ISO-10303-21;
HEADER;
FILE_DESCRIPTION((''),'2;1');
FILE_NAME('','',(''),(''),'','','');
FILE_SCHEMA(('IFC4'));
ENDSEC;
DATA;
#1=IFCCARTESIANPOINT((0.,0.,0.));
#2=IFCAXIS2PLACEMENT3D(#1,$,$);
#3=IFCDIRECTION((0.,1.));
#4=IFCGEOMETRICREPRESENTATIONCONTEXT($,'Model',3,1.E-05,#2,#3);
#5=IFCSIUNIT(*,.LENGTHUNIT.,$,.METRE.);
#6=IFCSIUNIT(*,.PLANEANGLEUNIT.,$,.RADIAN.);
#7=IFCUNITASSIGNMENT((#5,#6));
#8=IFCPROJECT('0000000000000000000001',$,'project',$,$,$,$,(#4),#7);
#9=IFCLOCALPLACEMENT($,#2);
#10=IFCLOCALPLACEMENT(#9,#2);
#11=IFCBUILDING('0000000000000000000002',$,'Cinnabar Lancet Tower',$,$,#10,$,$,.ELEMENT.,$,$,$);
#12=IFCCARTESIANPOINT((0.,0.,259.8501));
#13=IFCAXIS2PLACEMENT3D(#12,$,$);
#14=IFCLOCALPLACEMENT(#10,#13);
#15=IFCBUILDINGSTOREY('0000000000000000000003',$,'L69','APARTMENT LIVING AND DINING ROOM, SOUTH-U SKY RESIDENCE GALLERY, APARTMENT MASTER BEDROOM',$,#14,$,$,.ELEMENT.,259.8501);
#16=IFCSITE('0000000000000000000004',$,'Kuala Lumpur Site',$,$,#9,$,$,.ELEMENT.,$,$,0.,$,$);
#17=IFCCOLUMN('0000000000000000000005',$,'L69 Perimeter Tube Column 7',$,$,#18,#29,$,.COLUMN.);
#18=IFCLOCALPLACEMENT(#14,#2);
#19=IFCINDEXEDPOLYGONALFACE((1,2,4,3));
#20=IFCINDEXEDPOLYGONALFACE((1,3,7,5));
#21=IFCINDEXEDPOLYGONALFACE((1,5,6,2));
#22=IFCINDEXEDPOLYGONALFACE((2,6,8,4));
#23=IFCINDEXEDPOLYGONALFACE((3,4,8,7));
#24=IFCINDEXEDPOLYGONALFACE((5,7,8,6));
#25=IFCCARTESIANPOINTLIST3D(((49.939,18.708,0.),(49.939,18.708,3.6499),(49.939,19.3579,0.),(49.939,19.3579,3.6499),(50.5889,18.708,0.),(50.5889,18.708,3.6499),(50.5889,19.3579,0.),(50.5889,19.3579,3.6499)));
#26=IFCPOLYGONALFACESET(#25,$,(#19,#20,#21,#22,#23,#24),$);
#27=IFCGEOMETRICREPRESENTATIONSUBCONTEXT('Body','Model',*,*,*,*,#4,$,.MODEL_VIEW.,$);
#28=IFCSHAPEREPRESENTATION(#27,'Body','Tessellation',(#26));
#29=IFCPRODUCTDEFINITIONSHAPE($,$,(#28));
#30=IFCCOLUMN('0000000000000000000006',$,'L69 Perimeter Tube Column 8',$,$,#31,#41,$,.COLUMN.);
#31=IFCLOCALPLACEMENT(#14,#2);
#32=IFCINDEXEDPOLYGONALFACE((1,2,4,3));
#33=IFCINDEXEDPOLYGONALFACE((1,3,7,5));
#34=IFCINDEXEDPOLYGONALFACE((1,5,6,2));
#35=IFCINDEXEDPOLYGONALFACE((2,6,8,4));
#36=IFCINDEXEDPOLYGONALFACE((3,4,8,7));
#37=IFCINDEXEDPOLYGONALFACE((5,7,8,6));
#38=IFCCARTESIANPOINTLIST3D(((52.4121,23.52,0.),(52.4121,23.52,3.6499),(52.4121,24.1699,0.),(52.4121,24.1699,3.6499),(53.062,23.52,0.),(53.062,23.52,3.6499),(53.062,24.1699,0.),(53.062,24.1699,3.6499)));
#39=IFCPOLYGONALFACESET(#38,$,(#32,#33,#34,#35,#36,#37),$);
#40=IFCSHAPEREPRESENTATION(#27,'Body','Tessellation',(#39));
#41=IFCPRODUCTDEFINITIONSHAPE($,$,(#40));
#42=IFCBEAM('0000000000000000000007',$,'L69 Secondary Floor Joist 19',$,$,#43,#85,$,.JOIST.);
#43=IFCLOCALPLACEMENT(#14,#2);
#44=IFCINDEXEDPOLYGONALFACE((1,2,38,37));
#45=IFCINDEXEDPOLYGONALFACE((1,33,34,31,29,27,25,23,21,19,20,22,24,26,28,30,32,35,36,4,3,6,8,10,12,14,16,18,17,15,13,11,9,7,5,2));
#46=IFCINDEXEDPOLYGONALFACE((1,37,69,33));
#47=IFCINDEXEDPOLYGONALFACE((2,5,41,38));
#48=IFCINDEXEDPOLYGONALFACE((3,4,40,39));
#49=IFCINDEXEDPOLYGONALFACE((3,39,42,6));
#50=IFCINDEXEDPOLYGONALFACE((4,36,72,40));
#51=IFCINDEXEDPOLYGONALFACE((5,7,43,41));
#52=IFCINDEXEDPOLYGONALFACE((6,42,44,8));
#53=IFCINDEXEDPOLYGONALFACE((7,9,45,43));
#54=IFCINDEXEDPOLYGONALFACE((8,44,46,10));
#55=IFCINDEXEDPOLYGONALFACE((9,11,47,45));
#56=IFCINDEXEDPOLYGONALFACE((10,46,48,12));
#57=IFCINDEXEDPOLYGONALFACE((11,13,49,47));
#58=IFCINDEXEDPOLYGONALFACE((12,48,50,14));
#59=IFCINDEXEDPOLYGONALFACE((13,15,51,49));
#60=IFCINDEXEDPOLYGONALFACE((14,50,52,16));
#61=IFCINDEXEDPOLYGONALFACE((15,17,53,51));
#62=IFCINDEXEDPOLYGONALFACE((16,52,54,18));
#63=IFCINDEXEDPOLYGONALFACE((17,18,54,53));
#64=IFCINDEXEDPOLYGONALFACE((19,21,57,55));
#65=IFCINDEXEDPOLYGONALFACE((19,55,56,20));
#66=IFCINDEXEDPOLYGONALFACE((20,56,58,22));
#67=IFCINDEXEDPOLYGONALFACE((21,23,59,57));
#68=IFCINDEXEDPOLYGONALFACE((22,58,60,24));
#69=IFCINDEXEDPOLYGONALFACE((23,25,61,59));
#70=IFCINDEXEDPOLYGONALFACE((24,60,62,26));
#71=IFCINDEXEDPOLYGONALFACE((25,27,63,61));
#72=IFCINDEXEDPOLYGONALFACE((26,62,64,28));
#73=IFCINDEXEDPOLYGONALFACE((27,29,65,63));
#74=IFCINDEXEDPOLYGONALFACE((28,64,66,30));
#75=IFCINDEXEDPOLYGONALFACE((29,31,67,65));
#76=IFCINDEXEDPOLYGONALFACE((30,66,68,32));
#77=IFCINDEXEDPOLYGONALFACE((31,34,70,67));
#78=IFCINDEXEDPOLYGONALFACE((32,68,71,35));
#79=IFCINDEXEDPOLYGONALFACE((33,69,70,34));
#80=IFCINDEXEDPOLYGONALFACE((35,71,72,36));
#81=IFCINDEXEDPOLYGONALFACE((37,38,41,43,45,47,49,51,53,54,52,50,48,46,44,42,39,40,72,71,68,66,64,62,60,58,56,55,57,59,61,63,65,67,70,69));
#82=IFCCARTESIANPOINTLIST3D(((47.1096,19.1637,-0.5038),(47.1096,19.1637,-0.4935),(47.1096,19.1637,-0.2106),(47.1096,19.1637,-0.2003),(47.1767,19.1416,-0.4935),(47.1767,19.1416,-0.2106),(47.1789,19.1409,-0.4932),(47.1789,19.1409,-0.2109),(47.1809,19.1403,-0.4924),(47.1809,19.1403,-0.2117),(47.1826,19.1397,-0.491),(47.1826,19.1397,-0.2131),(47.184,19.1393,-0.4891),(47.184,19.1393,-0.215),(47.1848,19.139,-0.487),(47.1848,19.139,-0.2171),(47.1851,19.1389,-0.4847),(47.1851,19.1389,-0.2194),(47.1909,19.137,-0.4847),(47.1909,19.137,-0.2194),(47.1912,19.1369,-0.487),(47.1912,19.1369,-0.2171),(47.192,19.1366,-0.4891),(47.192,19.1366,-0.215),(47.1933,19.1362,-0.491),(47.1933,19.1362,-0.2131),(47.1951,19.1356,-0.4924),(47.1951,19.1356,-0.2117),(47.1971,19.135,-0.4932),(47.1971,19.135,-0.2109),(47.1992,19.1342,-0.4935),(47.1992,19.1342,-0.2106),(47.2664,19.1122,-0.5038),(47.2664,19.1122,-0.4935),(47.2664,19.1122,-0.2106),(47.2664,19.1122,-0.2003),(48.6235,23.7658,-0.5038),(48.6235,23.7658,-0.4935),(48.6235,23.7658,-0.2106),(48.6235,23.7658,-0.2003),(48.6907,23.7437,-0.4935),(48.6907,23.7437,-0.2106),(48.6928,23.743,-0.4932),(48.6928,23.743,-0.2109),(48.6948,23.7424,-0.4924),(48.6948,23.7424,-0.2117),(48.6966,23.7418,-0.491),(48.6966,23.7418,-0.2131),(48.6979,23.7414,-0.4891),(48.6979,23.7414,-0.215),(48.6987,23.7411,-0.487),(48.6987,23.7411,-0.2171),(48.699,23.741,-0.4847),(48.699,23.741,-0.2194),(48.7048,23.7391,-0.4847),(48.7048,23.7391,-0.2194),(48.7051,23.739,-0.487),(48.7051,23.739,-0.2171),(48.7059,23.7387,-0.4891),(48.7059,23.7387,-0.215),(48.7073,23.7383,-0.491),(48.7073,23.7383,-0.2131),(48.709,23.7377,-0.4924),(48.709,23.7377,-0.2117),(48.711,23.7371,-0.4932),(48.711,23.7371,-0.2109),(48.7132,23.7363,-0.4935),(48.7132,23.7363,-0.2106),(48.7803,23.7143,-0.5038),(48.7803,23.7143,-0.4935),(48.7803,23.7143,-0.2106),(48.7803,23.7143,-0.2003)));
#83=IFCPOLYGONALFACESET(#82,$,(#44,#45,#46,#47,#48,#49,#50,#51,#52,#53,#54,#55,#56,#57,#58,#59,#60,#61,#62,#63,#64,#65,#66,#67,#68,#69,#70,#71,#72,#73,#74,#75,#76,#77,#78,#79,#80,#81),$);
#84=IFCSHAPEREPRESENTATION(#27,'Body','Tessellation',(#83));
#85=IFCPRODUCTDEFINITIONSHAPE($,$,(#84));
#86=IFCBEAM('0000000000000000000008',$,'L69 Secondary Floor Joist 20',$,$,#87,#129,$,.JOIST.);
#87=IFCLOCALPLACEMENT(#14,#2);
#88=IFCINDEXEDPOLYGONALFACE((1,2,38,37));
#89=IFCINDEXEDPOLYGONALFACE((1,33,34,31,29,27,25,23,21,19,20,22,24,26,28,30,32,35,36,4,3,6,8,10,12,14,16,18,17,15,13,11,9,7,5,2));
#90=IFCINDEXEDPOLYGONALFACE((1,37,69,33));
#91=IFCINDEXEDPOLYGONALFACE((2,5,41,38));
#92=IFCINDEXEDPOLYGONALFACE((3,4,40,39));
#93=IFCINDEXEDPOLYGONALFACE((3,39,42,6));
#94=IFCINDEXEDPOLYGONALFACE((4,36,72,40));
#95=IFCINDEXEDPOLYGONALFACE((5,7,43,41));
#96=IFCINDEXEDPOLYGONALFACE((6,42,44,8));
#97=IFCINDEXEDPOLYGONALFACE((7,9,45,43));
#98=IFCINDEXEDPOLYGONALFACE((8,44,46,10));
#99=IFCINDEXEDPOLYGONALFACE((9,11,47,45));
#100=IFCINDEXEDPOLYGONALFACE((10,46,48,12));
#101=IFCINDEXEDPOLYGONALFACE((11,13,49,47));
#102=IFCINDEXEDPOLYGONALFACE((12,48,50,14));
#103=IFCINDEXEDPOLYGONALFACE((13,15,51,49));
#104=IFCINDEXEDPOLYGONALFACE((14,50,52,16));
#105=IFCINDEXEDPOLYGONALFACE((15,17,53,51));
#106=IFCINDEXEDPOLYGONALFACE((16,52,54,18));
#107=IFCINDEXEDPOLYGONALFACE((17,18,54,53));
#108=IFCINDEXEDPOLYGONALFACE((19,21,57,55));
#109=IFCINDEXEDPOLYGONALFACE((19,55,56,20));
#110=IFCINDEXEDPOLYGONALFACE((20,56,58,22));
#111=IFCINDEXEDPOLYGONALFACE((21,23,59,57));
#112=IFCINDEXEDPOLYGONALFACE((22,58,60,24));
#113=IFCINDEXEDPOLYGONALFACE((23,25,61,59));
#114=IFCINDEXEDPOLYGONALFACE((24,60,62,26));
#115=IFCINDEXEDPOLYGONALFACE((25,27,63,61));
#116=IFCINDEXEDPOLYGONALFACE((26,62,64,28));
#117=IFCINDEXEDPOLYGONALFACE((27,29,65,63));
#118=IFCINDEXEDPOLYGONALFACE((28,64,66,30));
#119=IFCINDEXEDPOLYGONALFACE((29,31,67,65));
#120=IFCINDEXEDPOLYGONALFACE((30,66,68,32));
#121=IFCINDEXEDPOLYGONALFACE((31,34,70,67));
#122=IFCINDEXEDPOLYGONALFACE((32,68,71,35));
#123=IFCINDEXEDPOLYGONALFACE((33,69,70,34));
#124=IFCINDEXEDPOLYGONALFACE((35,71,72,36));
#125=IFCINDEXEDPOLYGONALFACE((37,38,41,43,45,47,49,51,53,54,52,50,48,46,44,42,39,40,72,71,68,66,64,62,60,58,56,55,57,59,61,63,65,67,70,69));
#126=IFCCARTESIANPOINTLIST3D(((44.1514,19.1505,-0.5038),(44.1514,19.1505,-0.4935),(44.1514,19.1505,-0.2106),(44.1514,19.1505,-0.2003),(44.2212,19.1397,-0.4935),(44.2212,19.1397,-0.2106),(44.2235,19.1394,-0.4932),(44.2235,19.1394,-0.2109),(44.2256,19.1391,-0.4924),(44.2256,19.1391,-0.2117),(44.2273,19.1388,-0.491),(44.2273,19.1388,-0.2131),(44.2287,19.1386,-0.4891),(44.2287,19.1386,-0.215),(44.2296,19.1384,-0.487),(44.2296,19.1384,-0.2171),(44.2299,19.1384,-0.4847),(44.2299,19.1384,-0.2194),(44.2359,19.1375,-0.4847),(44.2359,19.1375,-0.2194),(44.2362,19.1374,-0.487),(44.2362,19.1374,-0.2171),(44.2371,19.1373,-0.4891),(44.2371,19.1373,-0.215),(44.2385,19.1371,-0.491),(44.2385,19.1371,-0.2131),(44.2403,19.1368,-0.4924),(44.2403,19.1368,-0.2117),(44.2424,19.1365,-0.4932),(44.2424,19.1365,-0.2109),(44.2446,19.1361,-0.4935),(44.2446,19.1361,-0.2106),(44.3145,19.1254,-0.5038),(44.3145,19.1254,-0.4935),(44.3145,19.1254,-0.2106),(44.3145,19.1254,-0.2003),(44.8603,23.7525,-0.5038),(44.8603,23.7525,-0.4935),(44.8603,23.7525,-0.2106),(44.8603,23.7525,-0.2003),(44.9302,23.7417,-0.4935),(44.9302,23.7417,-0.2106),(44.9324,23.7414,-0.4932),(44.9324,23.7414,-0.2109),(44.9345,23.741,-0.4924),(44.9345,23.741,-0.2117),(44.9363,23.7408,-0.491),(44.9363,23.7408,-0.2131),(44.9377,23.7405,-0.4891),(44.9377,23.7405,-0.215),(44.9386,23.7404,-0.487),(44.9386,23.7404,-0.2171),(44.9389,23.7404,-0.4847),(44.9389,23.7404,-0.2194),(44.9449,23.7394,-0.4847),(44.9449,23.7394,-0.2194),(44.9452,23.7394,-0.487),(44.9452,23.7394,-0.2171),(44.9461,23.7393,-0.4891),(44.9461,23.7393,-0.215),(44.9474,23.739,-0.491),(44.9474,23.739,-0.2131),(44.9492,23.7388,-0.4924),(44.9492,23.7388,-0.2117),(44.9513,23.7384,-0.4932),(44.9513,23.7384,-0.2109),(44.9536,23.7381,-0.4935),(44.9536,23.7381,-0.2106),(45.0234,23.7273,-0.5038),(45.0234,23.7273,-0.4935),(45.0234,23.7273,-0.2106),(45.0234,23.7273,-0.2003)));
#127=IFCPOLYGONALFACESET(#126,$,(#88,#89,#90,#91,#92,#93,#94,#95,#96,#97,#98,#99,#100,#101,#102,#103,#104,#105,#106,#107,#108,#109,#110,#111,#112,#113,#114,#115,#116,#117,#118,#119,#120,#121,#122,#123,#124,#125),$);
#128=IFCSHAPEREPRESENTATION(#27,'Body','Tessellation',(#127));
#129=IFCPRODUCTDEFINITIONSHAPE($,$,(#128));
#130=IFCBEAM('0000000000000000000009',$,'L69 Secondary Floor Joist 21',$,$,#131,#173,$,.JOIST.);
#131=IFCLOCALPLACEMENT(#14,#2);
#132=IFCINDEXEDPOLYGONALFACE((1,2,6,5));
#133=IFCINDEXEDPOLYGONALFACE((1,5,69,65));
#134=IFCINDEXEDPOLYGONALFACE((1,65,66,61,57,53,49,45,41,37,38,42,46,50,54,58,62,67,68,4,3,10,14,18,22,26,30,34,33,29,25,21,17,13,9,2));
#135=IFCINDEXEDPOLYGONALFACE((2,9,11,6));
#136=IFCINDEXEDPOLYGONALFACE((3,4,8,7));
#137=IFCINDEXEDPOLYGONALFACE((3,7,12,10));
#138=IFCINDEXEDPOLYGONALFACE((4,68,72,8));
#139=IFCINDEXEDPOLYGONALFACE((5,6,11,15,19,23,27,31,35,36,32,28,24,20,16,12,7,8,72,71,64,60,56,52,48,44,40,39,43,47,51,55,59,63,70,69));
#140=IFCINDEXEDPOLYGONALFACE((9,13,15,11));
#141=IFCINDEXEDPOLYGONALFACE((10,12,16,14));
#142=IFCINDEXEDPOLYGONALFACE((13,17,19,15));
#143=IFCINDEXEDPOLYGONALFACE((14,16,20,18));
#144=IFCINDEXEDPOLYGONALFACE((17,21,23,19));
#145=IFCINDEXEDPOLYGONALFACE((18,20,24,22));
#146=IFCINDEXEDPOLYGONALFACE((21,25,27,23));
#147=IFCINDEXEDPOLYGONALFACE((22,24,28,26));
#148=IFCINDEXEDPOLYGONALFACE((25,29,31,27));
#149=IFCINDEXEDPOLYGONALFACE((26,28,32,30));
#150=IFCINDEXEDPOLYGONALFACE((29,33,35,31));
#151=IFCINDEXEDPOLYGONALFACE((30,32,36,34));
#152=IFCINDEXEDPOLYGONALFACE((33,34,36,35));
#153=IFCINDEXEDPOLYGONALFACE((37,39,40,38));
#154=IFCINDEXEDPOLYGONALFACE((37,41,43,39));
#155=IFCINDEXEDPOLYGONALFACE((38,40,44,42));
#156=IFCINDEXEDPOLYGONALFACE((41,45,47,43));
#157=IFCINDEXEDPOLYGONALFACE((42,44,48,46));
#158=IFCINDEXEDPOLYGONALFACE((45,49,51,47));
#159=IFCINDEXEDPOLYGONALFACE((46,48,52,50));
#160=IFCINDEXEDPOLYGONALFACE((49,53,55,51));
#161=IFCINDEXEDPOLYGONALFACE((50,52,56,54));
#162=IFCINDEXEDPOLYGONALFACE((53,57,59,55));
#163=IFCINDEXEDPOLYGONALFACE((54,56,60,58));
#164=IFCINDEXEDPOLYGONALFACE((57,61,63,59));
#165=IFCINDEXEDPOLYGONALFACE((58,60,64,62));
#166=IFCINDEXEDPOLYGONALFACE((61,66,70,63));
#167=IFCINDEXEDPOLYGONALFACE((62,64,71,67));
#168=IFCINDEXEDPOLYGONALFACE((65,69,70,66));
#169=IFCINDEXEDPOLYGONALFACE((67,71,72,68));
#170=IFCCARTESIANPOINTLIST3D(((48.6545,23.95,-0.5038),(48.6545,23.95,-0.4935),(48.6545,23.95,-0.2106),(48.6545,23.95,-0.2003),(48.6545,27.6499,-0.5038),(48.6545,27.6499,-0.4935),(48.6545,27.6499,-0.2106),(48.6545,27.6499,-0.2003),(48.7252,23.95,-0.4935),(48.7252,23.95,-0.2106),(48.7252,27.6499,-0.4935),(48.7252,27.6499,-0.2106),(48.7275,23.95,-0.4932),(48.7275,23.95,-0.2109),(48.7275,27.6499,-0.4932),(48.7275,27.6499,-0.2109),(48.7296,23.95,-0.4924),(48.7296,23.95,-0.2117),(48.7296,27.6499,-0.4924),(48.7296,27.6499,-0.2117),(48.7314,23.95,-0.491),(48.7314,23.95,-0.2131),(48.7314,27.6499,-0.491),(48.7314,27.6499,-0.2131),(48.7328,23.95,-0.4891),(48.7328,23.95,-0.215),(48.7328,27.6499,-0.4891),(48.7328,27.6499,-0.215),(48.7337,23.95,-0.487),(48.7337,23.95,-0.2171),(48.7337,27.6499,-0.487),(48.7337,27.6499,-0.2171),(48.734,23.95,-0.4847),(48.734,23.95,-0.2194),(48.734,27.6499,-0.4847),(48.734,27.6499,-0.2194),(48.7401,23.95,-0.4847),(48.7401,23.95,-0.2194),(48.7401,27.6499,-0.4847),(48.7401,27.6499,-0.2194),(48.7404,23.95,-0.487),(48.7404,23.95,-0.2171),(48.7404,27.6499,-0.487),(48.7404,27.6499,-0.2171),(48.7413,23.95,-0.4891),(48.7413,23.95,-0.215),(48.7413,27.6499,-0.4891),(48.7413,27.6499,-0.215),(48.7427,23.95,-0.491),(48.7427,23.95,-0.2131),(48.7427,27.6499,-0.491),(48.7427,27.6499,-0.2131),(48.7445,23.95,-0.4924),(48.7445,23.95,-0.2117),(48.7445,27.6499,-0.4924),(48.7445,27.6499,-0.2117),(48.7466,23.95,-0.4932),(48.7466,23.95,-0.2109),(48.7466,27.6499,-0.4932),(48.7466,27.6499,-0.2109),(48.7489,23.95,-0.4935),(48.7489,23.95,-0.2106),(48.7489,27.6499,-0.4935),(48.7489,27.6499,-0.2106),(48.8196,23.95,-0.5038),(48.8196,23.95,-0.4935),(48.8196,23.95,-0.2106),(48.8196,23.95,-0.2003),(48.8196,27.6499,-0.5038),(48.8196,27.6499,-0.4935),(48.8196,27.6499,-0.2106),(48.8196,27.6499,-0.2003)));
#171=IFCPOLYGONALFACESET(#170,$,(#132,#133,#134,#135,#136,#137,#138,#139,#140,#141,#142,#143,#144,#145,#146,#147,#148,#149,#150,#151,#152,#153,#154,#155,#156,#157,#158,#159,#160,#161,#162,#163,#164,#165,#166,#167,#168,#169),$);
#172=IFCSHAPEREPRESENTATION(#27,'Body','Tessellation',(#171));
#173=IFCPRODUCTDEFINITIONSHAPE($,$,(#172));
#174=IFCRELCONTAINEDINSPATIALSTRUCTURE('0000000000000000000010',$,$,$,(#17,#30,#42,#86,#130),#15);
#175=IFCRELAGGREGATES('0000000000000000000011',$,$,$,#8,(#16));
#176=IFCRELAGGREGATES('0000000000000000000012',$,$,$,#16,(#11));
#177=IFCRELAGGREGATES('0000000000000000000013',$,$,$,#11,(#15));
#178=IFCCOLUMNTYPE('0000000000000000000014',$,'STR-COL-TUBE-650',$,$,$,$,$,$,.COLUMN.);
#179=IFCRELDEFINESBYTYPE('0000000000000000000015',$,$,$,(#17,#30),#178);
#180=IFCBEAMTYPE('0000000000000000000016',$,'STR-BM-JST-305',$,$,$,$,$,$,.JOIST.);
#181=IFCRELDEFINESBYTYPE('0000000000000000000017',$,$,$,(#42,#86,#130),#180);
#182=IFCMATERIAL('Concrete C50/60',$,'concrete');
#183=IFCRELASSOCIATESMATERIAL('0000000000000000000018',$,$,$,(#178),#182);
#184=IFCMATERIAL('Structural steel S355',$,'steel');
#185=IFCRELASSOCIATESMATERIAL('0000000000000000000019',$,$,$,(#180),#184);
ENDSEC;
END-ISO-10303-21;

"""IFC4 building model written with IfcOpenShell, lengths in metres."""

from ifc_helpers import new_model, si_unit, direction, frame, origin, origin_2d, place, context, subcontext, project, spatial, rectangle, i_section, extrude, material, material_profile, profile_set, type_object, element, save


model = new_model("IFC4")

# Units and contexts
model_context = context("Model", 3, precision=1e-05, world=origin(), true_north=direction((0.0, 1.0)))
body_context = subcontext(model_context, "Body", "Model", "MODEL_VIEW")
ifc_project = project(units=[si_unit("LENGTHUNIT", "METRE"), si_unit("PLANEANGLEUNIT", "RADIAN")], contexts=[model_context])

# Site, building, storey
site_placement = place(None, origin())
site = spatial("IfcSite", under=ifc_project, at=site_placement, Name="Kuala Lumpur Site", CompositionType="ELEMENT", RefElevation=0.0)
building_placement = place(site_placement, origin())
building = spatial("IfcBuilding", under=site, at=building_placement, Name="Cinnabar Lancet Tower", CompositionType="ELEMENT")
storey_placement = place(building_placement, frame((0.0, 0.0, 259.8501)))
storey = spatial("IfcBuildingStorey", under=building, at=storey_placement, Name="L69", Description="APARTMENT LIVING AND DINING ROOM, SOUTH-U SKY RESIDENCE GALLERY, APARTMENT MASTER BEDROOM", CompositionType="ELEMENT", Elevation=259.8501)

# Columns
ifc_material_1 = material(Name="Concrete C50/60", Category="concrete")
ifc_material_profile_1 = material_profile(ifc_material_1, rectangle(XDim=0.6499, YDim=0.6499, at=origin_2d()), Name="RC-COL 650x650")
ifc_profile_set_1 = profile_set([ifc_material_profile_1], Name="Concrete C50/60")
column_type = type_object("IfcColumnType", Name="STR-COL-TUBE-650", PredefinedType="COLUMN", material=ifc_profile_set_1)
for number, where, z_axis, x_axis, name in (
    (1, (50.2639, 19.033, 0.0), (0.0, 0.0, 1.0), (1.0, 0.0, 0.0), "L69 Perimeter Tube Column 7"),
    (2, (52.7371, 23.845, 0.0), (0.0, 0.0, 1.0), (1.0, 0.0, 0.0), "L69 Perimeter Tube Column 8"),
):
    element("IfcColumn", number, at=place(storey_placement, frame(where, z_axis=z_axis, x_axis=x_axis)), inside=storey, type_object=column_type, Name=name, PredefinedType="COLUMN", context=body_context, shape_type="SweptSolid", body=[
        extrude(rectangle(XDim=0.6499, YDim=0.6499, at=origin_2d()), origin(), (0.0, 0.0, 1.0), 3.6499),
    ])

# Beams
ifc_material_2 = material(Name="Structural steel S355", Category="steel")
ifc_material_profile_2 = material_profile(ifc_material_2, i_section(OverallWidth=0.165, OverallDepth=0.3035, WebThickness=0.0061, FlangeThickness=0.0103, FilletRadius=0.0088, at=origin_2d()), Name="UKB 305x165x40")
ifc_profile_set_2 = profile_set([ifc_material_profile_2], Name="Structural steel S355")
beam_type_1 = type_object("IfcBeamType", Name="STR-BM-JST-305", PredefinedType="JOIST", material=ifc_profile_set_2)
beam_1_placement = place(storey_placement, frame((47.188, 19.1379, -0.3521), z_axis=(0.312491, 0.949921, 0.0), x_axis=(-0.949921, 0.312491, 0.0)))
element("IfcBeam", 3, at=beam_1_placement, inside=storey, type_object=beam_type_1, Name="L69 Secondary Floor Joist 19", PredefinedType="JOIST", context=body_context, shape_type="SweptSolid", body=[
    extrude(i_section(OverallWidth=0.165, OverallDepth=0.3035, WebThickness=0.0061, FlangeThickness=0.0103, FilletRadius=0.0088, at=origin_2d()), origin(), (0.0, 0.0, 1.0), 4.8447),
])
beam_2_placement = place(storey_placement, frame((44.2329, 19.1379, -0.3521), z_axis=(0.152262, 0.98834, 0.0), x_axis=(-0.98834, 0.152262, 0.0)))
element("IfcBeam", 4, at=beam_2_placement, inside=storey, type_object=beam_type_1, Name="L69 Secondary Floor Joist 20", PredefinedType="JOIST", context=body_context, shape_type="SweptSolid", body=[
    extrude(i_section(OverallWidth=0.165, OverallDepth=0.3035, WebThickness=0.0061, FlangeThickness=0.0103, FilletRadius=0.0088, at=origin_2d()), origin(), (0.0, 0.0, 1.0), 4.6562),
])
for number, where, z_axis, x_axis, name in (
    (5, (48.7371, 23.95, -0.3521), (0.0, 1.0, 0.0), (-1.0, 0.0, 0.0), "L69 Secondary Floor Joist 21"),
):
    element("IfcBeam", number, at=place(storey_placement, frame(where, z_axis=z_axis, x_axis=x_axis)), inside=storey, type_object=beam_type_1, Name=name, PredefinedType="JOIST", context=body_context, shape_type="SweptSolid", body=[
        extrude(i_section(OverallWidth=0.165, OverallDepth=0.3035, WebThickness=0.0061, FlangeThickness=0.0103, FilletRadius=0.0088, at=origin_2d()), origin(), (0.0, 0.0, 1.0), 3.7),
    ])

save(model, "model.ifc")
